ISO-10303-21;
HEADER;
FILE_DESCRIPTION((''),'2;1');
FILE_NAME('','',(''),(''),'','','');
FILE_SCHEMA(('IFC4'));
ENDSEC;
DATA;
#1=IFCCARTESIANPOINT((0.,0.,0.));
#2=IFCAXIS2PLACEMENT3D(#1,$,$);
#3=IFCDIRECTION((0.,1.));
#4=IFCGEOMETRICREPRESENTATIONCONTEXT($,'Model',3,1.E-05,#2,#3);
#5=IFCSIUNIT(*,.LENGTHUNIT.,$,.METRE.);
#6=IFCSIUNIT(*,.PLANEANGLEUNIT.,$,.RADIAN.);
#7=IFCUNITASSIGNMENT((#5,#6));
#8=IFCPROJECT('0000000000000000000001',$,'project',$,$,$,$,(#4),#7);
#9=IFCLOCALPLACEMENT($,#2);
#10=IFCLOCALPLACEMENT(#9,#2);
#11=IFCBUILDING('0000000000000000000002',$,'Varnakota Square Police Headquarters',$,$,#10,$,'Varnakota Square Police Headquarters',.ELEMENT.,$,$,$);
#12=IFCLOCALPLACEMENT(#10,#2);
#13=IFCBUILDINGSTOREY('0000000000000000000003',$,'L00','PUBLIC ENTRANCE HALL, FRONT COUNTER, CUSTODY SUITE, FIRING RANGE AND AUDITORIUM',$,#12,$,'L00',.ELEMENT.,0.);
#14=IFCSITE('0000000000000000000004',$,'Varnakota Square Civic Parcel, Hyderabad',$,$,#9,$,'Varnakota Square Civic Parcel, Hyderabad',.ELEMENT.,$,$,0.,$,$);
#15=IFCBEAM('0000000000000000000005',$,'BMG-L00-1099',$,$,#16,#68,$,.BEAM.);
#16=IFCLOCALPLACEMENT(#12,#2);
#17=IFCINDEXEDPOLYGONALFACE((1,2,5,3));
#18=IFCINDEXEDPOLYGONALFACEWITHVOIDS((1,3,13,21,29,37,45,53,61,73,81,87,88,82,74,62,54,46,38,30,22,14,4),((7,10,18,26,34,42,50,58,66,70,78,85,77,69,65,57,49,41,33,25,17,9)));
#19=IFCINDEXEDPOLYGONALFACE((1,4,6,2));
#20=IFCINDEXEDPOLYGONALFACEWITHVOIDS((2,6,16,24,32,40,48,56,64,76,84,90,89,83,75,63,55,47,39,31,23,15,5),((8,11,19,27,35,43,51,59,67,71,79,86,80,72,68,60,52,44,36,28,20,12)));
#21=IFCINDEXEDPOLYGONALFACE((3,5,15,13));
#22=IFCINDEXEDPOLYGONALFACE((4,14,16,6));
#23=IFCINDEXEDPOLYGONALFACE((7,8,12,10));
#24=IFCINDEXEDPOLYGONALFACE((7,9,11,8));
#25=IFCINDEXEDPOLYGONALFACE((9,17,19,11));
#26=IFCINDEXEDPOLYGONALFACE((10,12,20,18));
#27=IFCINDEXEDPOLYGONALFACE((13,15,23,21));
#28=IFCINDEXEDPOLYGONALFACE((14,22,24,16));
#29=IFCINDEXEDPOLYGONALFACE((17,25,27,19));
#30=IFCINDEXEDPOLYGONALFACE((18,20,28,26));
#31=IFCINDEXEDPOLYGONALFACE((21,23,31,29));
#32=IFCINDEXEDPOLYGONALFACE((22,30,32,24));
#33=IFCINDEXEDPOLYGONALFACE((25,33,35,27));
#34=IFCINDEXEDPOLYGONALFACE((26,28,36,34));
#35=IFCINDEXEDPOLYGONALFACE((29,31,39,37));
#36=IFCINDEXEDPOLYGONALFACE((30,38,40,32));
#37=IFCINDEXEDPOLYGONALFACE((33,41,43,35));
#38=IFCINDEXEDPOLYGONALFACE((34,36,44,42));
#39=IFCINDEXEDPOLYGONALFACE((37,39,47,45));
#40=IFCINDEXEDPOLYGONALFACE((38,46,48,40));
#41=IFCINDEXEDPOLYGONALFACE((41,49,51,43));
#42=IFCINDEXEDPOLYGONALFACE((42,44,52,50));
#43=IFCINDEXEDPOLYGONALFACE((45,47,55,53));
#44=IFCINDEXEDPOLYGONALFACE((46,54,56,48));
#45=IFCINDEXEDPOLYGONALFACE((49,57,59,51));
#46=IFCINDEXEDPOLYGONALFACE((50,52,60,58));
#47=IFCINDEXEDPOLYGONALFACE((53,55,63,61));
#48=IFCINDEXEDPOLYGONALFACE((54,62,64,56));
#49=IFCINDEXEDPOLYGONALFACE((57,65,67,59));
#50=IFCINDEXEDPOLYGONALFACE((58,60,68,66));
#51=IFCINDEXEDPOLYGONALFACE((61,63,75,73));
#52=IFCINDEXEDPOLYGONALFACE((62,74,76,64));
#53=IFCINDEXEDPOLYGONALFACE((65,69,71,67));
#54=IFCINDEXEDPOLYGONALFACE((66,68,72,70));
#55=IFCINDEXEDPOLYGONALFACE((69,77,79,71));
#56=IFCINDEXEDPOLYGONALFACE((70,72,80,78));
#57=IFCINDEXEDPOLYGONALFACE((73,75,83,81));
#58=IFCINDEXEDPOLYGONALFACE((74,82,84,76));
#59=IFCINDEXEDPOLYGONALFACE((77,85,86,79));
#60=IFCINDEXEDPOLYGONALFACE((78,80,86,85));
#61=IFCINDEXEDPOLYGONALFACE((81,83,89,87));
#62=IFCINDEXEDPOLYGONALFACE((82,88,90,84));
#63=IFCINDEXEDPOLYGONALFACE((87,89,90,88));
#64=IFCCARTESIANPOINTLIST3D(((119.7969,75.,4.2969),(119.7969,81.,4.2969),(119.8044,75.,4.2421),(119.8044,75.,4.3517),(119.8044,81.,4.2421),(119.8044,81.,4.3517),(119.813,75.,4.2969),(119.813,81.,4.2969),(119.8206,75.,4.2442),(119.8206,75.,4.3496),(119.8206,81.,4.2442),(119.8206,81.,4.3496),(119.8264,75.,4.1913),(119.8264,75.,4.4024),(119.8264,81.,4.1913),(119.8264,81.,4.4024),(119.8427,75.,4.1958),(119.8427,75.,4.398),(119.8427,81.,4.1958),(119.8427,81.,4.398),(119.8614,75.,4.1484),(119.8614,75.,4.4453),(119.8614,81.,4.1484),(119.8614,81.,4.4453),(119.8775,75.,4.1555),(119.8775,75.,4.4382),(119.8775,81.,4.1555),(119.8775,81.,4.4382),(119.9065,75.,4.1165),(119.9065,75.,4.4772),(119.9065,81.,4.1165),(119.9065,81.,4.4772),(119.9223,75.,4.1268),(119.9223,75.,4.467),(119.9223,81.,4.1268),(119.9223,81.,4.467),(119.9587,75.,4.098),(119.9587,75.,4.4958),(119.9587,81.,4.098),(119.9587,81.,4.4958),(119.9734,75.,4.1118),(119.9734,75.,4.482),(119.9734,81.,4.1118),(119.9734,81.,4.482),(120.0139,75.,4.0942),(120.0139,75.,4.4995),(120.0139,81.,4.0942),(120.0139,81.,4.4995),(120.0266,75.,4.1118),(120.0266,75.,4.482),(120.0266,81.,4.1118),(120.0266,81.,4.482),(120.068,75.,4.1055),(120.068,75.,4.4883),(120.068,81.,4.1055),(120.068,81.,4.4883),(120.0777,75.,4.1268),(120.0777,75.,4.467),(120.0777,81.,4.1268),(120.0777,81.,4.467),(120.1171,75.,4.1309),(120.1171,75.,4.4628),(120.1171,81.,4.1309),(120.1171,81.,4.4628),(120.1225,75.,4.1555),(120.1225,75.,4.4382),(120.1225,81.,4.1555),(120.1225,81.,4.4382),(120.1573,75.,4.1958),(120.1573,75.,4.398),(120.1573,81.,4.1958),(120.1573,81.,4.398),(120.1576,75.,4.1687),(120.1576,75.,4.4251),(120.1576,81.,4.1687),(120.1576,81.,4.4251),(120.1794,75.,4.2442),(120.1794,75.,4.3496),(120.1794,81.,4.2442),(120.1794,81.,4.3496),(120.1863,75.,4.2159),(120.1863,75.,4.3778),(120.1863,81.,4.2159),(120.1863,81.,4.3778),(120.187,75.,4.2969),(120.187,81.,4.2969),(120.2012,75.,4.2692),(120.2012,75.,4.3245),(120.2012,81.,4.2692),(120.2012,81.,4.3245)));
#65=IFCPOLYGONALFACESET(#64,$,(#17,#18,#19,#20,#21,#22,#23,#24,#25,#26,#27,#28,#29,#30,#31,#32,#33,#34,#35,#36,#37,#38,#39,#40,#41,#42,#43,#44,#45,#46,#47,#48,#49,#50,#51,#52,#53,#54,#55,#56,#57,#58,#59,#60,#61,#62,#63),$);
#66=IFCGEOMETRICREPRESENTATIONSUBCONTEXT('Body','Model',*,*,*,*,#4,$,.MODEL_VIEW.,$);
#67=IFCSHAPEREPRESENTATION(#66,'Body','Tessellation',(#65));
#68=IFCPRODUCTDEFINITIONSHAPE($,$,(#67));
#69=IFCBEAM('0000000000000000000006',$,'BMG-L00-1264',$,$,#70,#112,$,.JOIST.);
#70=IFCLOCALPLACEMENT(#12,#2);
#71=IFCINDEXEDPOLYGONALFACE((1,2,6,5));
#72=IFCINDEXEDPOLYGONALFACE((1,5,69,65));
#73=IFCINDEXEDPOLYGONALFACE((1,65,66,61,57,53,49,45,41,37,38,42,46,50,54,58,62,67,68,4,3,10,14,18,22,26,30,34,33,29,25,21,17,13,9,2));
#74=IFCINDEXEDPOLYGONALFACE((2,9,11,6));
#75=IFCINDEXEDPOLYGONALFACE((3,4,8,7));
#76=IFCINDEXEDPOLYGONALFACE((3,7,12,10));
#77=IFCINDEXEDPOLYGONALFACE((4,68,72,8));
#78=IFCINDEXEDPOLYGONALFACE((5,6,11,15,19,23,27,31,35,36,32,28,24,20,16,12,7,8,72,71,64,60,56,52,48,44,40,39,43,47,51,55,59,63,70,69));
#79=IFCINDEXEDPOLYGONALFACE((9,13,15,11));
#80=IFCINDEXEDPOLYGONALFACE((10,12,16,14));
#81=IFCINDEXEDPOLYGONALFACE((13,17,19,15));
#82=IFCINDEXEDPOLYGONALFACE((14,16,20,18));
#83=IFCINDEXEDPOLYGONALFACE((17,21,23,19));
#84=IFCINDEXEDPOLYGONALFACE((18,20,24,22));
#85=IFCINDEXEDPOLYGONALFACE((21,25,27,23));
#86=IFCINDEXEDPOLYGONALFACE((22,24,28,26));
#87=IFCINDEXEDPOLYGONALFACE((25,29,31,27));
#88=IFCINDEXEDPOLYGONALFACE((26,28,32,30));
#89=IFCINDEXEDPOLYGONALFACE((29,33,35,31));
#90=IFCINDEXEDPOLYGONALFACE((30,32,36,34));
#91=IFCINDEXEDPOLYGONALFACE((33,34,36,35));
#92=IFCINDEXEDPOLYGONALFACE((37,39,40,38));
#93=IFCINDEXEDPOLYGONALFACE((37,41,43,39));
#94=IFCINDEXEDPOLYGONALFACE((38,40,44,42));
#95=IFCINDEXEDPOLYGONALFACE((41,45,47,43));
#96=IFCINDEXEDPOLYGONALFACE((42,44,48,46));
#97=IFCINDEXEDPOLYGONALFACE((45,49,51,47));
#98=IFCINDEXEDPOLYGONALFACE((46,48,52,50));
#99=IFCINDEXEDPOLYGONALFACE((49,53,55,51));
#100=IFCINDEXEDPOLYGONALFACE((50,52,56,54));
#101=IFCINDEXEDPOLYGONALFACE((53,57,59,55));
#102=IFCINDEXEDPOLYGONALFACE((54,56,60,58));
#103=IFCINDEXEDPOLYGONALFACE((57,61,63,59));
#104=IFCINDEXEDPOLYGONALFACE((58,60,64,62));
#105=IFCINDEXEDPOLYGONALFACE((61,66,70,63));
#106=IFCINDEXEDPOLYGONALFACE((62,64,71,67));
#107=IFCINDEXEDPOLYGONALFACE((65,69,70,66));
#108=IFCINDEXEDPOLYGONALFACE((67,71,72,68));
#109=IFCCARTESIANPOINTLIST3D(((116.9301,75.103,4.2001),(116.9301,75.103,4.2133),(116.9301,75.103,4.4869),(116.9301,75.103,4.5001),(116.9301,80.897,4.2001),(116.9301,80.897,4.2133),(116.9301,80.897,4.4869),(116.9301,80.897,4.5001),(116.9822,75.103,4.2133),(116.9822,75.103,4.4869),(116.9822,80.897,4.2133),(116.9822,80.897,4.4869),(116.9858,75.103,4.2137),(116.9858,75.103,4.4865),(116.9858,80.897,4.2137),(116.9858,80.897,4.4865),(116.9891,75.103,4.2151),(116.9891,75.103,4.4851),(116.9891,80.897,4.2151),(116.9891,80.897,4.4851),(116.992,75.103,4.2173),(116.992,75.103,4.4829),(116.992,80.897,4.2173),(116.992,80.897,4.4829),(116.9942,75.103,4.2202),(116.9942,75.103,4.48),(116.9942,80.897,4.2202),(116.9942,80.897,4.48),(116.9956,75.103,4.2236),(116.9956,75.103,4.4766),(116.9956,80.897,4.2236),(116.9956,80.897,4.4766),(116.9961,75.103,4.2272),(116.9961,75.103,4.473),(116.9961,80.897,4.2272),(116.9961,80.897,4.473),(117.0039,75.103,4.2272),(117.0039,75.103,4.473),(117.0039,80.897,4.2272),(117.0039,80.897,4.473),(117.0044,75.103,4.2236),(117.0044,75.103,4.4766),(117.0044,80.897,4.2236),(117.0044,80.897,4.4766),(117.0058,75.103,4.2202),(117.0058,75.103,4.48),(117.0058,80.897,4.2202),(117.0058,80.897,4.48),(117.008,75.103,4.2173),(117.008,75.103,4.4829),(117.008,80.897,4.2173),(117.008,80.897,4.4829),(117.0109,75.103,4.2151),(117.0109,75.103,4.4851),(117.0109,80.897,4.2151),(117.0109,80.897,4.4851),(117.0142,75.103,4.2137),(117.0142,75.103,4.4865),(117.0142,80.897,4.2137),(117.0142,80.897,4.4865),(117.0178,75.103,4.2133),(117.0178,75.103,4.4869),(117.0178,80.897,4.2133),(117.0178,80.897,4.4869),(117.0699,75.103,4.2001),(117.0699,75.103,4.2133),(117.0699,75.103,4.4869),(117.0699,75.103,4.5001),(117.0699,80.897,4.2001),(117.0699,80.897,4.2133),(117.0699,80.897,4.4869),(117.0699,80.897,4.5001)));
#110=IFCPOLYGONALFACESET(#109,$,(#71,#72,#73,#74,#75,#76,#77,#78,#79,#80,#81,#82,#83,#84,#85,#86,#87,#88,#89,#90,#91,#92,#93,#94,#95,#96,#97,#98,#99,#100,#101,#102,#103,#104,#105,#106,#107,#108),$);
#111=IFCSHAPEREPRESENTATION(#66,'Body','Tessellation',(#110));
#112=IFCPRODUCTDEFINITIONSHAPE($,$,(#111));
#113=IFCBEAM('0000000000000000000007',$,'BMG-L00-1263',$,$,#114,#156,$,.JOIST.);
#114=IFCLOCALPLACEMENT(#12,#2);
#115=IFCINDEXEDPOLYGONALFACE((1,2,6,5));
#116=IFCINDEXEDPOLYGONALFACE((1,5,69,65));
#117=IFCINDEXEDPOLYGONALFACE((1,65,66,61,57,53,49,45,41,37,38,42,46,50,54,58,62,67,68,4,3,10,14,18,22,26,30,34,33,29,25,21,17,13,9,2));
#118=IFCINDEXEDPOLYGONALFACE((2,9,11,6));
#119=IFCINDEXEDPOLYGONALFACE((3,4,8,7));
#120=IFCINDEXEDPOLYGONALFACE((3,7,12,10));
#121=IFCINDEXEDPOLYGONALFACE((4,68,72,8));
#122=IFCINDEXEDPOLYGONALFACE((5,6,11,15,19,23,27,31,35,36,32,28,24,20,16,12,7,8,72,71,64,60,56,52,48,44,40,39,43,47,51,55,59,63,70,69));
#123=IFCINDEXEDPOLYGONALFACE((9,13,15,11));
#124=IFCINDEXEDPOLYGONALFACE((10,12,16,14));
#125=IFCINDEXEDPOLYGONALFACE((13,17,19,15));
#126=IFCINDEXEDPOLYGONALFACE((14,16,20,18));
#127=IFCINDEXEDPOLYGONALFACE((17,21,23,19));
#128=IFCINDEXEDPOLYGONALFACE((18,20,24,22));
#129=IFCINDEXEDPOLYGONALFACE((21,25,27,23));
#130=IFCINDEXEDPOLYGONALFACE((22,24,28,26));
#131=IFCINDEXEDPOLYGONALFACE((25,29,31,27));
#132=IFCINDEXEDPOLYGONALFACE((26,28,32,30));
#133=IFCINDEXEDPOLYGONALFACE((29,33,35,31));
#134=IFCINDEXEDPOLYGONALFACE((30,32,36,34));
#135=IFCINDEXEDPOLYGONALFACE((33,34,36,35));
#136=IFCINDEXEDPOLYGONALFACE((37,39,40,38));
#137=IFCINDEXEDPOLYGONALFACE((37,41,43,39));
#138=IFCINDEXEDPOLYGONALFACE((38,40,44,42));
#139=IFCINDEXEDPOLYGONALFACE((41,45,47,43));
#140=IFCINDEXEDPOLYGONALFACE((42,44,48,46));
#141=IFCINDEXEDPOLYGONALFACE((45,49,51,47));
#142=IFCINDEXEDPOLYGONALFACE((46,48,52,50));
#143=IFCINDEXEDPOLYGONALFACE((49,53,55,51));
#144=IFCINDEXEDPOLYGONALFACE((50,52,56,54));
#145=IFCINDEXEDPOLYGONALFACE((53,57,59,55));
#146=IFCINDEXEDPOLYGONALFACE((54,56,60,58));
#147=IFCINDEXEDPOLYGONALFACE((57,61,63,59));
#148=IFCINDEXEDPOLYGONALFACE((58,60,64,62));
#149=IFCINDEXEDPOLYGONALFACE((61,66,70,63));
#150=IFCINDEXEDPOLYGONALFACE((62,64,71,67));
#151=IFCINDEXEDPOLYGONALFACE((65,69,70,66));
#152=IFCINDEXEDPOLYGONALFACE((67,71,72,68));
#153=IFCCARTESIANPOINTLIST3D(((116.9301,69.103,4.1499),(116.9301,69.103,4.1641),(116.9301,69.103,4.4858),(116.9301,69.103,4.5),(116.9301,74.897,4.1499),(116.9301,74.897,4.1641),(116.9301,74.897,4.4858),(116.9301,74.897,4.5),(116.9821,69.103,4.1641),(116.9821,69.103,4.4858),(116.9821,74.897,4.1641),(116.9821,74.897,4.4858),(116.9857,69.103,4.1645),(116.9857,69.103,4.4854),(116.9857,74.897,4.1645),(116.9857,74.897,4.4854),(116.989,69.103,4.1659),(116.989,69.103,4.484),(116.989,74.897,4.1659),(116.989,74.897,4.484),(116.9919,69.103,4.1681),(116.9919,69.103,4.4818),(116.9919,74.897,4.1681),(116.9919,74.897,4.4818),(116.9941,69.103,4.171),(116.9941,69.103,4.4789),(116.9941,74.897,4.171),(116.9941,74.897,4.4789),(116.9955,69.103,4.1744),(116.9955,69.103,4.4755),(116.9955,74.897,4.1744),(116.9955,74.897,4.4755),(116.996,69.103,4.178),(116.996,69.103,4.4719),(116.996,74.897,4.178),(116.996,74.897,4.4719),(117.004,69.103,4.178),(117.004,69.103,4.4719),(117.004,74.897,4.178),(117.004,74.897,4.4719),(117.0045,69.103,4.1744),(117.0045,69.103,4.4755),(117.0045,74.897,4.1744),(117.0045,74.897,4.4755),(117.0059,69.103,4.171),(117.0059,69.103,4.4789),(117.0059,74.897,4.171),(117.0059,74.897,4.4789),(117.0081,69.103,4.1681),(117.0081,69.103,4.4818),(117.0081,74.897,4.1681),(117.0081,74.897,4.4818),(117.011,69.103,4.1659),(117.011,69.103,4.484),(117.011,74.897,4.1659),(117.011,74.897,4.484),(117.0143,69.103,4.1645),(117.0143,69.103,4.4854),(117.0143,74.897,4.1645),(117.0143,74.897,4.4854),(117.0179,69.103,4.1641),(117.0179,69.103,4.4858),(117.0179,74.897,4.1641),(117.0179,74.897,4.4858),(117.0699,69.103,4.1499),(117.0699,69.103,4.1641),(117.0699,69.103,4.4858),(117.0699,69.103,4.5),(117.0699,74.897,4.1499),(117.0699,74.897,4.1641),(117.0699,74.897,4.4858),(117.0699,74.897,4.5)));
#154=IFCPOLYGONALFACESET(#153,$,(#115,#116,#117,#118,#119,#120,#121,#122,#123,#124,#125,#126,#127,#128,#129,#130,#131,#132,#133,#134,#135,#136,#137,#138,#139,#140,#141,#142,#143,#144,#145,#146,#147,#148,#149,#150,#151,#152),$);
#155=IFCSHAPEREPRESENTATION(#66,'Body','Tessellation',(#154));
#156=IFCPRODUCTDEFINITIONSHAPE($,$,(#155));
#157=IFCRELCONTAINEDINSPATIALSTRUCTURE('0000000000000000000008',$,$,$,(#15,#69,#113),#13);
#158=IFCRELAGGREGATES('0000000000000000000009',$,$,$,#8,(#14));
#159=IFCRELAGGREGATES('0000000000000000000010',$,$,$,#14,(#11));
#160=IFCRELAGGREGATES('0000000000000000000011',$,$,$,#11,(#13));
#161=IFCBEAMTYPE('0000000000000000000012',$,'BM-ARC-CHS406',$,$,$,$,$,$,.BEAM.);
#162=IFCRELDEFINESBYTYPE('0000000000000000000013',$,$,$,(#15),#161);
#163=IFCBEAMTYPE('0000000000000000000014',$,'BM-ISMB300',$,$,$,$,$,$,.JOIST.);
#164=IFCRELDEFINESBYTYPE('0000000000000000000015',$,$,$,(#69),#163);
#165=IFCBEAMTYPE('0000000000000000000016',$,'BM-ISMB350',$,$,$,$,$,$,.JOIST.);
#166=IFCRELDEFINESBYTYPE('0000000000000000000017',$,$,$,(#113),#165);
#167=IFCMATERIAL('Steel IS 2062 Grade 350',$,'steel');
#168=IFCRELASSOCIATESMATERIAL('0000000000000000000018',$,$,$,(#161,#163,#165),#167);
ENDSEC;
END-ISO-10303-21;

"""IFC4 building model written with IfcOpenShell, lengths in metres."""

from ifc_helpers import new_model, si_unit, direction, frame, origin, origin_2d, place, context, subcontext, project, spatial, hollow_circle, i_section, extrude, material, material_profile, profile_set, type_object, element, save


model = new_model("IFC4")

# Units and contexts
model_context = context("Model", 3, precision=1e-05, world=origin(), true_north=direction((0.0, 1.0)))
body_context = subcontext(model_context, "Body", "Model", "MODEL_VIEW")
ifc_project = project(units=[si_unit("LENGTHUNIT", "METRE"), si_unit("PLANEANGLEUNIT", "RADIAN")], contexts=[model_context])

# Site, building, storey
site_placement = place(None, origin())
site = spatial("IfcSite", under=ifc_project, at=site_placement, Name="Varnakota Square Civic Parcel, Hyderabad", LongName="Varnakota Square Civic Parcel, Hyderabad", CompositionType="ELEMENT", RefElevation=0.0)
building_placement = place(site_placement, origin())
building = spatial("IfcBuilding", under=site, at=building_placement, Name="Varnakota Square Police Headquarters", LongName="Varnakota Square Police Headquarters", CompositionType="ELEMENT")
storey_placement = place(building_placement, origin())
storey = spatial("IfcBuildingStorey", under=building, at=storey_placement, Name="L00", Description="PUBLIC ENTRANCE HALL, FRONT COUNTER, CUSTODY SUITE, FIRING RANGE AND AUDITORIUM", LongName="L00", CompositionType="ELEMENT", Elevation=0.0)

# Beams
ifc_material_1 = material(Name="Steel IS 2062 Grade 350", Category="steel")
ifc_material_profile_1 = material_profile(ifc_material_1, hollow_circle(Radius=0.2031, WallThickness=0.0161, at=origin_2d()), Name="CHS 406.4x16.0")
ifc_profile_set_1 = profile_set([ifc_material_profile_1], Name="Steel IS 2062 Grade 350")
beam_type_1 = type_object("IfcBeamType", Name="BM-ARC-CHS406", PredefinedType="BEAM", material=ifc_profile_set_1)
for number, where, z_axis, x_axis, name in (
    (1, (120.0, 75.0, 4.2969), (0.0, 1.0, 0.0), (-1.0, 0.0, 0.0), "BMG-L00-1099"),
):
    element("IfcBeam", number, at=place(storey_placement, frame(where, z_axis=z_axis, x_axis=x_axis)), inside=storey, type_object=beam_type_1, Name=name, PredefinedType="BEAM", context=body_context, shape_type="SweptSolid", body=[
        extrude(hollow_circle(Radius=0.2031, WallThickness=0.0161, at=origin_2d()), origin(), (0.0, 0.0, 1.0), 6.0),
    ])
ifc_material_profile_2 = material_profile(ifc_material_1, i_section(OverallWidth=0.1399, OverallDepth=0.3, WebThickness=0.0078, FlangeThickness=0.0132, FilletRadius=0.0139, at=origin_2d()), Name="ISMB 300")
ifc_profile_set_2 = profile_set([ifc_material_profile_2], Name="Steel IS 2062 Grade 350")
beam_type_2 = type_object("IfcBeamType", Name="BM-ISMB300", PredefinedType="JOIST", material=ifc_profile_set_2)
beam_1_placement = place(storey_placement, frame((117.0, 75.103, 4.3501), z_axis=(0.0, 1.0, 0.0), x_axis=(-1.0, 0.0, 0.0)))
element("IfcBeam", 2, at=beam_1_placement, inside=storey, type_object=beam_type_2, Name="BMG-L00-1264", PredefinedType="JOIST", context=body_context, shape_type="SweptSolid", body=[
    extrude(i_section(OverallWidth=0.1399, OverallDepth=0.3, WebThickness=0.0078, FlangeThickness=0.0132, FilletRadius=0.0139, at=origin_2d()), origin(), (0.0, 0.0, 1.0), 5.7939),
])
ifc_material_profile_3 = material_profile(ifc_material_1, i_section(OverallWidth=0.1399, OverallDepth=0.3501, WebThickness=0.0081, FlangeThickness=0.0142, FilletRadius=0.0139, at=origin_2d()), Name="ISMB 350")
ifc_profile_set_3 = profile_set([ifc_material_profile_3], Name="Steel IS 2062 Grade 350")
beam_type_3 = type_object("IfcBeamType", Name="BM-ISMB350", PredefinedType="JOIST", material=ifc_profile_set_3)
beam_2_placement = place(storey_placement, frame((117.0, 69.103, 4.325), z_axis=(0.0, 1.0, 0.0), x_axis=(-1.0, 0.0, 0.0)))
element("IfcBeam", 3, at=beam_2_placement, inside=storey, type_object=beam_type_3, Name="BMG-L00-1263", PredefinedType="JOIST", context=body_context, shape_type="SweptSolid", body=[
    extrude(i_section(OverallWidth=0.1399, OverallDepth=0.3501, WebThickness=0.0081, FlangeThickness=0.0142, FilletRadius=0.0139, at=origin_2d()), origin(), (0.0, 0.0, 1.0), 5.7939),
])

save(model, "model.ifc")
